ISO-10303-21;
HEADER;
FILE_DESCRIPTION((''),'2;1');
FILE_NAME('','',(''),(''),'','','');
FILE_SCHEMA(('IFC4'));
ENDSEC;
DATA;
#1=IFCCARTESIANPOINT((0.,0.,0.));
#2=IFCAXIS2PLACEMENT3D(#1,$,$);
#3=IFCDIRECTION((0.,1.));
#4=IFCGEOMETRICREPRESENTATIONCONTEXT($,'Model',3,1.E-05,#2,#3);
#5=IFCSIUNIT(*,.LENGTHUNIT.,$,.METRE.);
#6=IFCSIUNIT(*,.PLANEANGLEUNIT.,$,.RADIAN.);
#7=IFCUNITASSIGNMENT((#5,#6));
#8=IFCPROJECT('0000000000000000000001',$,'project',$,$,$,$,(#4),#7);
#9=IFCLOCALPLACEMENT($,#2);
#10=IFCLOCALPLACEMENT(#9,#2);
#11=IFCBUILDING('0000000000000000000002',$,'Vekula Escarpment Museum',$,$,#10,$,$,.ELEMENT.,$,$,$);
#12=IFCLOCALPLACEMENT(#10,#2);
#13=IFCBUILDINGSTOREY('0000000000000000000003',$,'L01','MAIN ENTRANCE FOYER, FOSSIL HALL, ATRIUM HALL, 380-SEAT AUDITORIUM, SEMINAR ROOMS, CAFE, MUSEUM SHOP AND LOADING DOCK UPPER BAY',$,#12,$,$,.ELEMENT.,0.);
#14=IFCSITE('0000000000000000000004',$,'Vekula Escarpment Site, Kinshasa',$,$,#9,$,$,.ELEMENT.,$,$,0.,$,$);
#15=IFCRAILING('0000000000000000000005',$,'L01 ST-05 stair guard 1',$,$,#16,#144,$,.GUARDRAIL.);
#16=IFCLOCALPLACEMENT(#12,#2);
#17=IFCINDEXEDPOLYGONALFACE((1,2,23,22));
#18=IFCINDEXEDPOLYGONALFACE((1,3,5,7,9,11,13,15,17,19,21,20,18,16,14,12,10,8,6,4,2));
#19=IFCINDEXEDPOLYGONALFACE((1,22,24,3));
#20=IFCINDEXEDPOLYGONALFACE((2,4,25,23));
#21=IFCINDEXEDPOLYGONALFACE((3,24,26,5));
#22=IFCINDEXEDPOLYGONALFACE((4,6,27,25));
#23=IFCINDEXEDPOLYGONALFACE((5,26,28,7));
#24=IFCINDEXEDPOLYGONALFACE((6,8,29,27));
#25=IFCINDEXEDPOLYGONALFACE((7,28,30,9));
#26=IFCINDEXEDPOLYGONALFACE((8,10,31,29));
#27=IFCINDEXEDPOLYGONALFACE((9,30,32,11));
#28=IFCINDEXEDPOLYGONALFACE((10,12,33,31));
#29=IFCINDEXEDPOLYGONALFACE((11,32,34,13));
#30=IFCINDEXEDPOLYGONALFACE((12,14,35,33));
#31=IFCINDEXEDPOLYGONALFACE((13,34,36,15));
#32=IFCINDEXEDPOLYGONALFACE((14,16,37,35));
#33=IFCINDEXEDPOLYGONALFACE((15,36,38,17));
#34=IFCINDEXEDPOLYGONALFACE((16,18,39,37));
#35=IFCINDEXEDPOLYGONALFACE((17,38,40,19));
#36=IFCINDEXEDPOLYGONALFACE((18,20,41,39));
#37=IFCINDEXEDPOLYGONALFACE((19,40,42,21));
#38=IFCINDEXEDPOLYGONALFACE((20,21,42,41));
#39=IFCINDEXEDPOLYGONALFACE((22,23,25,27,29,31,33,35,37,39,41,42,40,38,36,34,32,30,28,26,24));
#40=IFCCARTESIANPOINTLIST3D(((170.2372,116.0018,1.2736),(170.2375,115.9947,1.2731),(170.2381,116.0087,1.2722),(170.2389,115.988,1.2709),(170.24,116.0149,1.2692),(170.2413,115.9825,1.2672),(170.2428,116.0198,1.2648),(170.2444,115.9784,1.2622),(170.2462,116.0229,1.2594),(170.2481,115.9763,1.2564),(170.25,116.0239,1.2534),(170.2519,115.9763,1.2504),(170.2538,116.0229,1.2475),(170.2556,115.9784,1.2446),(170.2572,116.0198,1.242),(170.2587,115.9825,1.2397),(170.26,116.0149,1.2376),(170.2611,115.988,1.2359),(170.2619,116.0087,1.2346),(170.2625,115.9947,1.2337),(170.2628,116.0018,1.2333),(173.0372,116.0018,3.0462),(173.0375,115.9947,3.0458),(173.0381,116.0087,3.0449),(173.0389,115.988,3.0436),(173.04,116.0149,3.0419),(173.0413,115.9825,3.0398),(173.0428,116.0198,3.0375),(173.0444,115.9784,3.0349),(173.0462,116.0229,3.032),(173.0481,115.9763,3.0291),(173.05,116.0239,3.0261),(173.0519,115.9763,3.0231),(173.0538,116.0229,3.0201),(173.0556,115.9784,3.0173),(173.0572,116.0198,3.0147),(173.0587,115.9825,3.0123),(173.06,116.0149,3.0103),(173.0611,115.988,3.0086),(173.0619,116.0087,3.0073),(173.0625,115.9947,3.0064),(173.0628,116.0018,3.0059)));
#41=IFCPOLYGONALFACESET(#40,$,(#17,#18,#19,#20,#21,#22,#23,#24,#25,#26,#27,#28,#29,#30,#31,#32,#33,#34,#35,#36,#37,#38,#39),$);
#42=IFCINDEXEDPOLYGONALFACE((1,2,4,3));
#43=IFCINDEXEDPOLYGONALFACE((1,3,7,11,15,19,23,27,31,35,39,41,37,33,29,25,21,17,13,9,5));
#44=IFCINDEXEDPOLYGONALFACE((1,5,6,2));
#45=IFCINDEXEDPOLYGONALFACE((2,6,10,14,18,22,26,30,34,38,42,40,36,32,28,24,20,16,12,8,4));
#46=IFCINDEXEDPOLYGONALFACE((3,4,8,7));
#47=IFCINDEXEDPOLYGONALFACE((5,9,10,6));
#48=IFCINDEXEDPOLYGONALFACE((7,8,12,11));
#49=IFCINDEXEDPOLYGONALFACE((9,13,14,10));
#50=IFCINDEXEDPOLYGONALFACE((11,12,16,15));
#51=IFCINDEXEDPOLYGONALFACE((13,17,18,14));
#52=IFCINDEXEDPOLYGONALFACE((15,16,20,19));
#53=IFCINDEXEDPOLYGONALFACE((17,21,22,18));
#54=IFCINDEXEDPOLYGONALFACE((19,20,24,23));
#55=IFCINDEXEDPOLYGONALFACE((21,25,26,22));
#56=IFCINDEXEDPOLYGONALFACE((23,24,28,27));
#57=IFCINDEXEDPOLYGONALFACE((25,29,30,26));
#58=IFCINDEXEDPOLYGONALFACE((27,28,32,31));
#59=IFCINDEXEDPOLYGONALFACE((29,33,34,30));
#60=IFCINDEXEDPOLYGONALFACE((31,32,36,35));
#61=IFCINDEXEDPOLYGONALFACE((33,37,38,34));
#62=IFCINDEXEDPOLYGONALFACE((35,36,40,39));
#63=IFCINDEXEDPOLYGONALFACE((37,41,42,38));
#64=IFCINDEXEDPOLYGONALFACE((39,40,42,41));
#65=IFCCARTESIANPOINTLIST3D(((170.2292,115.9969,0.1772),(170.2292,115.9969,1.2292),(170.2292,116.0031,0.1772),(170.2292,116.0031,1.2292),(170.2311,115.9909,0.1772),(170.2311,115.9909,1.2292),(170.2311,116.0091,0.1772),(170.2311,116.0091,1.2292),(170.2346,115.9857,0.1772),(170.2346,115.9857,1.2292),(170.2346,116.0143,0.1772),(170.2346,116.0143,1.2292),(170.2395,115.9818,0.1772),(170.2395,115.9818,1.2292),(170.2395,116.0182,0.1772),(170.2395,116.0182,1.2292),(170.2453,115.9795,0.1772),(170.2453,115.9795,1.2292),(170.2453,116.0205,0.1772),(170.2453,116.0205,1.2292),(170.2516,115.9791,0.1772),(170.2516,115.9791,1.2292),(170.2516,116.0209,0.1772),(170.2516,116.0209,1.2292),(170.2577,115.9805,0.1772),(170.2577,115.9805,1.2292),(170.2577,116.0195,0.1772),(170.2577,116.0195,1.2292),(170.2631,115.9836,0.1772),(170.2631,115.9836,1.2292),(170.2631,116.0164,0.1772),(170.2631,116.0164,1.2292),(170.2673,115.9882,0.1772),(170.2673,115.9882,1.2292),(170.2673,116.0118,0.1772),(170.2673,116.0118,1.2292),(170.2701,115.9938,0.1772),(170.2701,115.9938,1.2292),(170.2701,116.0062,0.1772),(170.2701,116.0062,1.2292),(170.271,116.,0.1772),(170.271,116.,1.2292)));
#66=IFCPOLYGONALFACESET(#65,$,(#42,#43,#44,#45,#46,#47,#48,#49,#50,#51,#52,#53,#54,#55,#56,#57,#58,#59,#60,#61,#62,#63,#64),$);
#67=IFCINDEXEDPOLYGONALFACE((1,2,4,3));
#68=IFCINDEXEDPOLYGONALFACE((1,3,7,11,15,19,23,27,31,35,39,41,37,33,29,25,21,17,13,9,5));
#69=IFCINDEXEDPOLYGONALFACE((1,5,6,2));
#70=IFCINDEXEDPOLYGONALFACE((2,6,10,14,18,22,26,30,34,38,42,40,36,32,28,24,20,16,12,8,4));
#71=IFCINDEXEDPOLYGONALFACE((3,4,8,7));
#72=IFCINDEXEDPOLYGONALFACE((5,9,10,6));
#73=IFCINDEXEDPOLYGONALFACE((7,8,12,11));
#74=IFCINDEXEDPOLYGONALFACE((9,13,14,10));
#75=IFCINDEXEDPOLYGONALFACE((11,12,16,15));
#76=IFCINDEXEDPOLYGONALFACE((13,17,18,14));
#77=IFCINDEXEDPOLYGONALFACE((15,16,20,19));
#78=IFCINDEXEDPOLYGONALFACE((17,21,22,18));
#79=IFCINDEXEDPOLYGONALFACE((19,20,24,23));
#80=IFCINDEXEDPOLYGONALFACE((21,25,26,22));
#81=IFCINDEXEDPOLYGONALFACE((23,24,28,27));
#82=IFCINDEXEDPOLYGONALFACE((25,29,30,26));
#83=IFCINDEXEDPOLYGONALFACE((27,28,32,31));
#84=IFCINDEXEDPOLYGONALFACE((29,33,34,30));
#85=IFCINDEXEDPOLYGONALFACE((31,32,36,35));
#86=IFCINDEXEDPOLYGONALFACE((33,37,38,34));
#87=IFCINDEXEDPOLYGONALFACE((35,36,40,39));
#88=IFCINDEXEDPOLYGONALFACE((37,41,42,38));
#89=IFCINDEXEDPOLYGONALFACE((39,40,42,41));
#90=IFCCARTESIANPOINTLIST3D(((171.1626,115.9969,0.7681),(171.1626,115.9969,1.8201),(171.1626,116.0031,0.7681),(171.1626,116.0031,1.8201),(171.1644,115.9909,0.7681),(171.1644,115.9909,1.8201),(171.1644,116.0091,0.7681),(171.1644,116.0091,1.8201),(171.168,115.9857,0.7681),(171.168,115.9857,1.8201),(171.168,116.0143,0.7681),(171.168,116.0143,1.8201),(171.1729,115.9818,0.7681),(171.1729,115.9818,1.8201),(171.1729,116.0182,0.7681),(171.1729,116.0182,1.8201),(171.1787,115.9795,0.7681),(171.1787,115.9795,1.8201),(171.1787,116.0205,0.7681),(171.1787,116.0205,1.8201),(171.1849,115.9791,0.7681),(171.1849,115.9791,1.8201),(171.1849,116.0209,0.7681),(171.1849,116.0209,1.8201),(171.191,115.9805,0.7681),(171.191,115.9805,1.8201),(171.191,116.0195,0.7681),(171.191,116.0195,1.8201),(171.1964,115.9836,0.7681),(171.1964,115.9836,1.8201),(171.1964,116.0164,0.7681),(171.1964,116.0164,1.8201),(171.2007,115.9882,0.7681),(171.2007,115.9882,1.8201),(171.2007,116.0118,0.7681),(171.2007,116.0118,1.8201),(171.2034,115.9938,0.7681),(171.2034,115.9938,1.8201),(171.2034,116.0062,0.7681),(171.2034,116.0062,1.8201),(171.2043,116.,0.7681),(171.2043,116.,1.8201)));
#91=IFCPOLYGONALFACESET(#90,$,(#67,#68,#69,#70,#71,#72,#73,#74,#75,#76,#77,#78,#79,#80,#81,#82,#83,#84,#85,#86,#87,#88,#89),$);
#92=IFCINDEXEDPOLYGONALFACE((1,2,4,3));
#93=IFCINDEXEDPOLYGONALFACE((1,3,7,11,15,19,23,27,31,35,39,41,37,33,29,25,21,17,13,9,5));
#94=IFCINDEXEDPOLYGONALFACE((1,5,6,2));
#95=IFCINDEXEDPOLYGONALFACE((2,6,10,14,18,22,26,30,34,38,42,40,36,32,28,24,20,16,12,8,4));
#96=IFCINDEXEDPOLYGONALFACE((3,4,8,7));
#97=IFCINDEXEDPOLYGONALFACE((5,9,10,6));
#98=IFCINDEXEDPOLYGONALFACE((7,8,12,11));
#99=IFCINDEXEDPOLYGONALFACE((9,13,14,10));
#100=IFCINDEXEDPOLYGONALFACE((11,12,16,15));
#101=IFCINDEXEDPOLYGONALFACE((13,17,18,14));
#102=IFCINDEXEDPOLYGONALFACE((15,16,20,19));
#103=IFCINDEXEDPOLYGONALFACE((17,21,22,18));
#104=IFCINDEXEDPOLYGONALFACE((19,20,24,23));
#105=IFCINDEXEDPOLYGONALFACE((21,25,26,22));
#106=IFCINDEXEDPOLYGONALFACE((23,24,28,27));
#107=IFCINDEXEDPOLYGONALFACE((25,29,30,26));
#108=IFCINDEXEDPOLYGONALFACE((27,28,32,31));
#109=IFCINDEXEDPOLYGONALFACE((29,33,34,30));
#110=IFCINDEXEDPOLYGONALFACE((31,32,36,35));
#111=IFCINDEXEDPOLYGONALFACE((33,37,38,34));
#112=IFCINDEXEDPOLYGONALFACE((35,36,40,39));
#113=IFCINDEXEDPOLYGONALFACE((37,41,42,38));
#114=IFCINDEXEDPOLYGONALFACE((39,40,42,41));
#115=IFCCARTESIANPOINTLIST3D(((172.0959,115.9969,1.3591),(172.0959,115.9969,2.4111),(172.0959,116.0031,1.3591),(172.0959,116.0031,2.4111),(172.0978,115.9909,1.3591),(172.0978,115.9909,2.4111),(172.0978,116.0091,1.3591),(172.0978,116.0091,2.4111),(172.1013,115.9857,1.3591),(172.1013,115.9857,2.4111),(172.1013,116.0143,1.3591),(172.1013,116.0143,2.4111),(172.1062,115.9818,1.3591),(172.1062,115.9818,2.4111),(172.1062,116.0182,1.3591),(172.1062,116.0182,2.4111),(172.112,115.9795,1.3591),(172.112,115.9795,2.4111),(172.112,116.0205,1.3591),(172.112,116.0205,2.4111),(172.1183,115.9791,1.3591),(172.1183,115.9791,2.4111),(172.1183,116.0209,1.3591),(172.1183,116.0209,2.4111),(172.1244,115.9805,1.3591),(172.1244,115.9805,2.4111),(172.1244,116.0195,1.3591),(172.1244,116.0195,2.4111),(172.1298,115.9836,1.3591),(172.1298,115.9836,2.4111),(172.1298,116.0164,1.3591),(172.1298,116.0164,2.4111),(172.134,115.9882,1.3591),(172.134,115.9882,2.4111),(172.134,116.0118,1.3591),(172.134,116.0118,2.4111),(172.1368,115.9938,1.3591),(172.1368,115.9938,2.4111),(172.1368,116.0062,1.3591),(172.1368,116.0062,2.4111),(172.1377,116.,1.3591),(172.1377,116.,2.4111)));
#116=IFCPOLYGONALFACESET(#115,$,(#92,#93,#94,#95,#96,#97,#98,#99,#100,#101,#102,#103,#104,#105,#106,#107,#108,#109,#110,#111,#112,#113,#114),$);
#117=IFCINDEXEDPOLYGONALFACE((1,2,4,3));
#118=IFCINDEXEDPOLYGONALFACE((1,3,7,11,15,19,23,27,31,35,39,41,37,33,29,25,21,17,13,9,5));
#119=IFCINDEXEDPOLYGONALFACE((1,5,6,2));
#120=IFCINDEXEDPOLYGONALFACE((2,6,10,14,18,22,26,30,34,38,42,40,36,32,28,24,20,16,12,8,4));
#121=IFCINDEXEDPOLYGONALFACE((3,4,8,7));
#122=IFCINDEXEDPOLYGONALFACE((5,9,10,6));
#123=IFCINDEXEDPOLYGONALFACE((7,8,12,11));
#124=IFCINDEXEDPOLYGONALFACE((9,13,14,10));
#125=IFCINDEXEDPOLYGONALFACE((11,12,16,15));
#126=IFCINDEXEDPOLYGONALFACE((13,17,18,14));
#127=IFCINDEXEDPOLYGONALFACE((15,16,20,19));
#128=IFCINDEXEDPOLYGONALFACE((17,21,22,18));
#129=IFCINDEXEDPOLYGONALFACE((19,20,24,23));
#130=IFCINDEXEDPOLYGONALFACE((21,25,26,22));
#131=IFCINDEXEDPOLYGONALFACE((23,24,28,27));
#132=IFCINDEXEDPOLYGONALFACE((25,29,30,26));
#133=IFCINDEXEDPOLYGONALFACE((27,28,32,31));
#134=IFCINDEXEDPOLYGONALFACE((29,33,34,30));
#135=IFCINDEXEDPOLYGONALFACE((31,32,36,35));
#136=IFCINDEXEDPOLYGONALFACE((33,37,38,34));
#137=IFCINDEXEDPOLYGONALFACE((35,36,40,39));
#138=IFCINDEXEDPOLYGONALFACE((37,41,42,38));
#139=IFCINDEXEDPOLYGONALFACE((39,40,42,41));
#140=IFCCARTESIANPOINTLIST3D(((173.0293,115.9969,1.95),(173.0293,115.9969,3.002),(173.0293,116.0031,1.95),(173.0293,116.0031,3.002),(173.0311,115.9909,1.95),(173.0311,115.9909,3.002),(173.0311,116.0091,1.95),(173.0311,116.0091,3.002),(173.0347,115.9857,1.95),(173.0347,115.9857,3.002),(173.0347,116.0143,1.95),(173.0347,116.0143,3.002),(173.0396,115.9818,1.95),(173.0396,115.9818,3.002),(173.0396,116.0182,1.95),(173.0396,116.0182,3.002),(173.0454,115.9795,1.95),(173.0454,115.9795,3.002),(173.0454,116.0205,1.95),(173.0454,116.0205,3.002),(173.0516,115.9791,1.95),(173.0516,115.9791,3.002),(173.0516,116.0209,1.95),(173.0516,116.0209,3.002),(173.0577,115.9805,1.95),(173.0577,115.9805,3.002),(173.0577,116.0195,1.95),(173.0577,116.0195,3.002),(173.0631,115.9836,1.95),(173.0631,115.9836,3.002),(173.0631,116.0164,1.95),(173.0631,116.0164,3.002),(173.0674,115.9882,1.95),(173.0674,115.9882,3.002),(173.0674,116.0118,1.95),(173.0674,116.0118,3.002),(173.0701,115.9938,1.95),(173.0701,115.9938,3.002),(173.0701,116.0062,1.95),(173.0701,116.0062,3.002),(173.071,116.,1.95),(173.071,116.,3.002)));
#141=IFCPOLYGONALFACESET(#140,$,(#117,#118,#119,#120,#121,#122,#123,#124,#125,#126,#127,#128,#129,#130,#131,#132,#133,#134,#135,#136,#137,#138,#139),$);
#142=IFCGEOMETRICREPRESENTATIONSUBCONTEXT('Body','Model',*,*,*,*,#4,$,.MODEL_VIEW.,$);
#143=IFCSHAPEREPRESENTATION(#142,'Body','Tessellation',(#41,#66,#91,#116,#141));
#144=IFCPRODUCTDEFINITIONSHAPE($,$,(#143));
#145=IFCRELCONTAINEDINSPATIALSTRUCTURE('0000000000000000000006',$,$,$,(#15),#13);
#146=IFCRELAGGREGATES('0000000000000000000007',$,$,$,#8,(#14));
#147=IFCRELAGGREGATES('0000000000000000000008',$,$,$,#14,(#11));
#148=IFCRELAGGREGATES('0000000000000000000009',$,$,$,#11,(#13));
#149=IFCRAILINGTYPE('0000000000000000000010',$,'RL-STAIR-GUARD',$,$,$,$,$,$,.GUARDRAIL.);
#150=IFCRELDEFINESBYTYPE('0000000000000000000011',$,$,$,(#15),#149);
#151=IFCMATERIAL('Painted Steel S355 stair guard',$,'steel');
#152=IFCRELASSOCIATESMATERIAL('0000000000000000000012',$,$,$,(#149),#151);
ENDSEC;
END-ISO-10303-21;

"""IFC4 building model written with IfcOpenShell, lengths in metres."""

from ifc_helpers import new_model, si_unit, direction, frame, origin, origin_2d, place, context, subcontext, project, spatial, circle, extrude, material, type_object, element, save


model = new_model("IFC4")

# Units and contexts
model_context = context("Model", 3, precision=1e-05, world=origin(), true_north=direction((0.0, 1.0)))
body_context = subcontext(model_context, "Body", "Model", "MODEL_VIEW")
ifc_project = project(units=[si_unit("LENGTHUNIT", "METRE"), si_unit("PLANEANGLEUNIT", "RADIAN")], contexts=[model_context])

# Site, building, storey
site_placement = place(None, origin())
site = spatial("IfcSite", under=ifc_project, at=site_placement, Name="Vekula Escarpment Site, Kinshasa", CompositionType="ELEMENT", RefElevation=0.0)
building_placement = place(site_placement, origin())
building = spatial("IfcBuilding", under=site, at=building_placement, Name="Vekula Escarpment Museum", CompositionType="ELEMENT")
storey_placement = place(building_placement, origin())
storey = spatial("IfcBuildingStorey", under=building, at=storey_placement, Name="L01", Description="MAIN ENTRANCE FOYER, FOSSIL HALL, ATRIUM HALL, 380-SEAT AUDITORIUM, SEMINAR ROOMS, CAFE, MUSEUM SHOP AND LOADING DOCK UPPER BAY", CompositionType="ELEMENT", Elevation=0.0)

# Railing
ifc_material_1 = material(Name="Painted Steel S355 stair guard", Category="steel")
railing_type_1 = type_object("IfcRailingType", Name="RL-STAIR-GUARD", PredefinedType="GUARDRAIL", material=ifc_material_1)
railing_1_placement = place(storey_placement, frame((170.25, 116.0, 0.1772)))
element("IfcRailing", 1, at=railing_1_placement, inside=storey, type_object=railing_type_1, Name="L01 ST-05 stair guard 1", PredefinedType="GUARDRAIL", context=body_context, shape_type="SweptSolid", body=[
    extrude(circle(Radius=0.0239, at=origin_2d()), frame((0.0, 0.0, 1.0762), z_axis=(0.844909, 0.0, 0.53491), x_axis=(0.0, 1.0, 0.0)), (0.0, 0.0, 1.0), 3.314),
    extrude(circle(Radius=0.021, at=origin_2d()), origin(), (0.0, 0.0, 1.0), 1.052),
    extrude(circle(Radius=0.021, at=origin_2d()), frame((0.9333, 0.0, 0.5908)), (0.0, 0.0, 1.0), 1.052),
    extrude(circle(Radius=0.021, at=origin_2d()), frame((1.8667, 0.0, 1.1819)), (0.0, 0.0, 1.0), 1.052),
    extrude(circle(Radius=0.021, at=origin_2d()), frame((2.8, 0.0, 1.7727)), (0.0, 0.0, 1.0), 1.052),
])

save(model, "model.ifc")
